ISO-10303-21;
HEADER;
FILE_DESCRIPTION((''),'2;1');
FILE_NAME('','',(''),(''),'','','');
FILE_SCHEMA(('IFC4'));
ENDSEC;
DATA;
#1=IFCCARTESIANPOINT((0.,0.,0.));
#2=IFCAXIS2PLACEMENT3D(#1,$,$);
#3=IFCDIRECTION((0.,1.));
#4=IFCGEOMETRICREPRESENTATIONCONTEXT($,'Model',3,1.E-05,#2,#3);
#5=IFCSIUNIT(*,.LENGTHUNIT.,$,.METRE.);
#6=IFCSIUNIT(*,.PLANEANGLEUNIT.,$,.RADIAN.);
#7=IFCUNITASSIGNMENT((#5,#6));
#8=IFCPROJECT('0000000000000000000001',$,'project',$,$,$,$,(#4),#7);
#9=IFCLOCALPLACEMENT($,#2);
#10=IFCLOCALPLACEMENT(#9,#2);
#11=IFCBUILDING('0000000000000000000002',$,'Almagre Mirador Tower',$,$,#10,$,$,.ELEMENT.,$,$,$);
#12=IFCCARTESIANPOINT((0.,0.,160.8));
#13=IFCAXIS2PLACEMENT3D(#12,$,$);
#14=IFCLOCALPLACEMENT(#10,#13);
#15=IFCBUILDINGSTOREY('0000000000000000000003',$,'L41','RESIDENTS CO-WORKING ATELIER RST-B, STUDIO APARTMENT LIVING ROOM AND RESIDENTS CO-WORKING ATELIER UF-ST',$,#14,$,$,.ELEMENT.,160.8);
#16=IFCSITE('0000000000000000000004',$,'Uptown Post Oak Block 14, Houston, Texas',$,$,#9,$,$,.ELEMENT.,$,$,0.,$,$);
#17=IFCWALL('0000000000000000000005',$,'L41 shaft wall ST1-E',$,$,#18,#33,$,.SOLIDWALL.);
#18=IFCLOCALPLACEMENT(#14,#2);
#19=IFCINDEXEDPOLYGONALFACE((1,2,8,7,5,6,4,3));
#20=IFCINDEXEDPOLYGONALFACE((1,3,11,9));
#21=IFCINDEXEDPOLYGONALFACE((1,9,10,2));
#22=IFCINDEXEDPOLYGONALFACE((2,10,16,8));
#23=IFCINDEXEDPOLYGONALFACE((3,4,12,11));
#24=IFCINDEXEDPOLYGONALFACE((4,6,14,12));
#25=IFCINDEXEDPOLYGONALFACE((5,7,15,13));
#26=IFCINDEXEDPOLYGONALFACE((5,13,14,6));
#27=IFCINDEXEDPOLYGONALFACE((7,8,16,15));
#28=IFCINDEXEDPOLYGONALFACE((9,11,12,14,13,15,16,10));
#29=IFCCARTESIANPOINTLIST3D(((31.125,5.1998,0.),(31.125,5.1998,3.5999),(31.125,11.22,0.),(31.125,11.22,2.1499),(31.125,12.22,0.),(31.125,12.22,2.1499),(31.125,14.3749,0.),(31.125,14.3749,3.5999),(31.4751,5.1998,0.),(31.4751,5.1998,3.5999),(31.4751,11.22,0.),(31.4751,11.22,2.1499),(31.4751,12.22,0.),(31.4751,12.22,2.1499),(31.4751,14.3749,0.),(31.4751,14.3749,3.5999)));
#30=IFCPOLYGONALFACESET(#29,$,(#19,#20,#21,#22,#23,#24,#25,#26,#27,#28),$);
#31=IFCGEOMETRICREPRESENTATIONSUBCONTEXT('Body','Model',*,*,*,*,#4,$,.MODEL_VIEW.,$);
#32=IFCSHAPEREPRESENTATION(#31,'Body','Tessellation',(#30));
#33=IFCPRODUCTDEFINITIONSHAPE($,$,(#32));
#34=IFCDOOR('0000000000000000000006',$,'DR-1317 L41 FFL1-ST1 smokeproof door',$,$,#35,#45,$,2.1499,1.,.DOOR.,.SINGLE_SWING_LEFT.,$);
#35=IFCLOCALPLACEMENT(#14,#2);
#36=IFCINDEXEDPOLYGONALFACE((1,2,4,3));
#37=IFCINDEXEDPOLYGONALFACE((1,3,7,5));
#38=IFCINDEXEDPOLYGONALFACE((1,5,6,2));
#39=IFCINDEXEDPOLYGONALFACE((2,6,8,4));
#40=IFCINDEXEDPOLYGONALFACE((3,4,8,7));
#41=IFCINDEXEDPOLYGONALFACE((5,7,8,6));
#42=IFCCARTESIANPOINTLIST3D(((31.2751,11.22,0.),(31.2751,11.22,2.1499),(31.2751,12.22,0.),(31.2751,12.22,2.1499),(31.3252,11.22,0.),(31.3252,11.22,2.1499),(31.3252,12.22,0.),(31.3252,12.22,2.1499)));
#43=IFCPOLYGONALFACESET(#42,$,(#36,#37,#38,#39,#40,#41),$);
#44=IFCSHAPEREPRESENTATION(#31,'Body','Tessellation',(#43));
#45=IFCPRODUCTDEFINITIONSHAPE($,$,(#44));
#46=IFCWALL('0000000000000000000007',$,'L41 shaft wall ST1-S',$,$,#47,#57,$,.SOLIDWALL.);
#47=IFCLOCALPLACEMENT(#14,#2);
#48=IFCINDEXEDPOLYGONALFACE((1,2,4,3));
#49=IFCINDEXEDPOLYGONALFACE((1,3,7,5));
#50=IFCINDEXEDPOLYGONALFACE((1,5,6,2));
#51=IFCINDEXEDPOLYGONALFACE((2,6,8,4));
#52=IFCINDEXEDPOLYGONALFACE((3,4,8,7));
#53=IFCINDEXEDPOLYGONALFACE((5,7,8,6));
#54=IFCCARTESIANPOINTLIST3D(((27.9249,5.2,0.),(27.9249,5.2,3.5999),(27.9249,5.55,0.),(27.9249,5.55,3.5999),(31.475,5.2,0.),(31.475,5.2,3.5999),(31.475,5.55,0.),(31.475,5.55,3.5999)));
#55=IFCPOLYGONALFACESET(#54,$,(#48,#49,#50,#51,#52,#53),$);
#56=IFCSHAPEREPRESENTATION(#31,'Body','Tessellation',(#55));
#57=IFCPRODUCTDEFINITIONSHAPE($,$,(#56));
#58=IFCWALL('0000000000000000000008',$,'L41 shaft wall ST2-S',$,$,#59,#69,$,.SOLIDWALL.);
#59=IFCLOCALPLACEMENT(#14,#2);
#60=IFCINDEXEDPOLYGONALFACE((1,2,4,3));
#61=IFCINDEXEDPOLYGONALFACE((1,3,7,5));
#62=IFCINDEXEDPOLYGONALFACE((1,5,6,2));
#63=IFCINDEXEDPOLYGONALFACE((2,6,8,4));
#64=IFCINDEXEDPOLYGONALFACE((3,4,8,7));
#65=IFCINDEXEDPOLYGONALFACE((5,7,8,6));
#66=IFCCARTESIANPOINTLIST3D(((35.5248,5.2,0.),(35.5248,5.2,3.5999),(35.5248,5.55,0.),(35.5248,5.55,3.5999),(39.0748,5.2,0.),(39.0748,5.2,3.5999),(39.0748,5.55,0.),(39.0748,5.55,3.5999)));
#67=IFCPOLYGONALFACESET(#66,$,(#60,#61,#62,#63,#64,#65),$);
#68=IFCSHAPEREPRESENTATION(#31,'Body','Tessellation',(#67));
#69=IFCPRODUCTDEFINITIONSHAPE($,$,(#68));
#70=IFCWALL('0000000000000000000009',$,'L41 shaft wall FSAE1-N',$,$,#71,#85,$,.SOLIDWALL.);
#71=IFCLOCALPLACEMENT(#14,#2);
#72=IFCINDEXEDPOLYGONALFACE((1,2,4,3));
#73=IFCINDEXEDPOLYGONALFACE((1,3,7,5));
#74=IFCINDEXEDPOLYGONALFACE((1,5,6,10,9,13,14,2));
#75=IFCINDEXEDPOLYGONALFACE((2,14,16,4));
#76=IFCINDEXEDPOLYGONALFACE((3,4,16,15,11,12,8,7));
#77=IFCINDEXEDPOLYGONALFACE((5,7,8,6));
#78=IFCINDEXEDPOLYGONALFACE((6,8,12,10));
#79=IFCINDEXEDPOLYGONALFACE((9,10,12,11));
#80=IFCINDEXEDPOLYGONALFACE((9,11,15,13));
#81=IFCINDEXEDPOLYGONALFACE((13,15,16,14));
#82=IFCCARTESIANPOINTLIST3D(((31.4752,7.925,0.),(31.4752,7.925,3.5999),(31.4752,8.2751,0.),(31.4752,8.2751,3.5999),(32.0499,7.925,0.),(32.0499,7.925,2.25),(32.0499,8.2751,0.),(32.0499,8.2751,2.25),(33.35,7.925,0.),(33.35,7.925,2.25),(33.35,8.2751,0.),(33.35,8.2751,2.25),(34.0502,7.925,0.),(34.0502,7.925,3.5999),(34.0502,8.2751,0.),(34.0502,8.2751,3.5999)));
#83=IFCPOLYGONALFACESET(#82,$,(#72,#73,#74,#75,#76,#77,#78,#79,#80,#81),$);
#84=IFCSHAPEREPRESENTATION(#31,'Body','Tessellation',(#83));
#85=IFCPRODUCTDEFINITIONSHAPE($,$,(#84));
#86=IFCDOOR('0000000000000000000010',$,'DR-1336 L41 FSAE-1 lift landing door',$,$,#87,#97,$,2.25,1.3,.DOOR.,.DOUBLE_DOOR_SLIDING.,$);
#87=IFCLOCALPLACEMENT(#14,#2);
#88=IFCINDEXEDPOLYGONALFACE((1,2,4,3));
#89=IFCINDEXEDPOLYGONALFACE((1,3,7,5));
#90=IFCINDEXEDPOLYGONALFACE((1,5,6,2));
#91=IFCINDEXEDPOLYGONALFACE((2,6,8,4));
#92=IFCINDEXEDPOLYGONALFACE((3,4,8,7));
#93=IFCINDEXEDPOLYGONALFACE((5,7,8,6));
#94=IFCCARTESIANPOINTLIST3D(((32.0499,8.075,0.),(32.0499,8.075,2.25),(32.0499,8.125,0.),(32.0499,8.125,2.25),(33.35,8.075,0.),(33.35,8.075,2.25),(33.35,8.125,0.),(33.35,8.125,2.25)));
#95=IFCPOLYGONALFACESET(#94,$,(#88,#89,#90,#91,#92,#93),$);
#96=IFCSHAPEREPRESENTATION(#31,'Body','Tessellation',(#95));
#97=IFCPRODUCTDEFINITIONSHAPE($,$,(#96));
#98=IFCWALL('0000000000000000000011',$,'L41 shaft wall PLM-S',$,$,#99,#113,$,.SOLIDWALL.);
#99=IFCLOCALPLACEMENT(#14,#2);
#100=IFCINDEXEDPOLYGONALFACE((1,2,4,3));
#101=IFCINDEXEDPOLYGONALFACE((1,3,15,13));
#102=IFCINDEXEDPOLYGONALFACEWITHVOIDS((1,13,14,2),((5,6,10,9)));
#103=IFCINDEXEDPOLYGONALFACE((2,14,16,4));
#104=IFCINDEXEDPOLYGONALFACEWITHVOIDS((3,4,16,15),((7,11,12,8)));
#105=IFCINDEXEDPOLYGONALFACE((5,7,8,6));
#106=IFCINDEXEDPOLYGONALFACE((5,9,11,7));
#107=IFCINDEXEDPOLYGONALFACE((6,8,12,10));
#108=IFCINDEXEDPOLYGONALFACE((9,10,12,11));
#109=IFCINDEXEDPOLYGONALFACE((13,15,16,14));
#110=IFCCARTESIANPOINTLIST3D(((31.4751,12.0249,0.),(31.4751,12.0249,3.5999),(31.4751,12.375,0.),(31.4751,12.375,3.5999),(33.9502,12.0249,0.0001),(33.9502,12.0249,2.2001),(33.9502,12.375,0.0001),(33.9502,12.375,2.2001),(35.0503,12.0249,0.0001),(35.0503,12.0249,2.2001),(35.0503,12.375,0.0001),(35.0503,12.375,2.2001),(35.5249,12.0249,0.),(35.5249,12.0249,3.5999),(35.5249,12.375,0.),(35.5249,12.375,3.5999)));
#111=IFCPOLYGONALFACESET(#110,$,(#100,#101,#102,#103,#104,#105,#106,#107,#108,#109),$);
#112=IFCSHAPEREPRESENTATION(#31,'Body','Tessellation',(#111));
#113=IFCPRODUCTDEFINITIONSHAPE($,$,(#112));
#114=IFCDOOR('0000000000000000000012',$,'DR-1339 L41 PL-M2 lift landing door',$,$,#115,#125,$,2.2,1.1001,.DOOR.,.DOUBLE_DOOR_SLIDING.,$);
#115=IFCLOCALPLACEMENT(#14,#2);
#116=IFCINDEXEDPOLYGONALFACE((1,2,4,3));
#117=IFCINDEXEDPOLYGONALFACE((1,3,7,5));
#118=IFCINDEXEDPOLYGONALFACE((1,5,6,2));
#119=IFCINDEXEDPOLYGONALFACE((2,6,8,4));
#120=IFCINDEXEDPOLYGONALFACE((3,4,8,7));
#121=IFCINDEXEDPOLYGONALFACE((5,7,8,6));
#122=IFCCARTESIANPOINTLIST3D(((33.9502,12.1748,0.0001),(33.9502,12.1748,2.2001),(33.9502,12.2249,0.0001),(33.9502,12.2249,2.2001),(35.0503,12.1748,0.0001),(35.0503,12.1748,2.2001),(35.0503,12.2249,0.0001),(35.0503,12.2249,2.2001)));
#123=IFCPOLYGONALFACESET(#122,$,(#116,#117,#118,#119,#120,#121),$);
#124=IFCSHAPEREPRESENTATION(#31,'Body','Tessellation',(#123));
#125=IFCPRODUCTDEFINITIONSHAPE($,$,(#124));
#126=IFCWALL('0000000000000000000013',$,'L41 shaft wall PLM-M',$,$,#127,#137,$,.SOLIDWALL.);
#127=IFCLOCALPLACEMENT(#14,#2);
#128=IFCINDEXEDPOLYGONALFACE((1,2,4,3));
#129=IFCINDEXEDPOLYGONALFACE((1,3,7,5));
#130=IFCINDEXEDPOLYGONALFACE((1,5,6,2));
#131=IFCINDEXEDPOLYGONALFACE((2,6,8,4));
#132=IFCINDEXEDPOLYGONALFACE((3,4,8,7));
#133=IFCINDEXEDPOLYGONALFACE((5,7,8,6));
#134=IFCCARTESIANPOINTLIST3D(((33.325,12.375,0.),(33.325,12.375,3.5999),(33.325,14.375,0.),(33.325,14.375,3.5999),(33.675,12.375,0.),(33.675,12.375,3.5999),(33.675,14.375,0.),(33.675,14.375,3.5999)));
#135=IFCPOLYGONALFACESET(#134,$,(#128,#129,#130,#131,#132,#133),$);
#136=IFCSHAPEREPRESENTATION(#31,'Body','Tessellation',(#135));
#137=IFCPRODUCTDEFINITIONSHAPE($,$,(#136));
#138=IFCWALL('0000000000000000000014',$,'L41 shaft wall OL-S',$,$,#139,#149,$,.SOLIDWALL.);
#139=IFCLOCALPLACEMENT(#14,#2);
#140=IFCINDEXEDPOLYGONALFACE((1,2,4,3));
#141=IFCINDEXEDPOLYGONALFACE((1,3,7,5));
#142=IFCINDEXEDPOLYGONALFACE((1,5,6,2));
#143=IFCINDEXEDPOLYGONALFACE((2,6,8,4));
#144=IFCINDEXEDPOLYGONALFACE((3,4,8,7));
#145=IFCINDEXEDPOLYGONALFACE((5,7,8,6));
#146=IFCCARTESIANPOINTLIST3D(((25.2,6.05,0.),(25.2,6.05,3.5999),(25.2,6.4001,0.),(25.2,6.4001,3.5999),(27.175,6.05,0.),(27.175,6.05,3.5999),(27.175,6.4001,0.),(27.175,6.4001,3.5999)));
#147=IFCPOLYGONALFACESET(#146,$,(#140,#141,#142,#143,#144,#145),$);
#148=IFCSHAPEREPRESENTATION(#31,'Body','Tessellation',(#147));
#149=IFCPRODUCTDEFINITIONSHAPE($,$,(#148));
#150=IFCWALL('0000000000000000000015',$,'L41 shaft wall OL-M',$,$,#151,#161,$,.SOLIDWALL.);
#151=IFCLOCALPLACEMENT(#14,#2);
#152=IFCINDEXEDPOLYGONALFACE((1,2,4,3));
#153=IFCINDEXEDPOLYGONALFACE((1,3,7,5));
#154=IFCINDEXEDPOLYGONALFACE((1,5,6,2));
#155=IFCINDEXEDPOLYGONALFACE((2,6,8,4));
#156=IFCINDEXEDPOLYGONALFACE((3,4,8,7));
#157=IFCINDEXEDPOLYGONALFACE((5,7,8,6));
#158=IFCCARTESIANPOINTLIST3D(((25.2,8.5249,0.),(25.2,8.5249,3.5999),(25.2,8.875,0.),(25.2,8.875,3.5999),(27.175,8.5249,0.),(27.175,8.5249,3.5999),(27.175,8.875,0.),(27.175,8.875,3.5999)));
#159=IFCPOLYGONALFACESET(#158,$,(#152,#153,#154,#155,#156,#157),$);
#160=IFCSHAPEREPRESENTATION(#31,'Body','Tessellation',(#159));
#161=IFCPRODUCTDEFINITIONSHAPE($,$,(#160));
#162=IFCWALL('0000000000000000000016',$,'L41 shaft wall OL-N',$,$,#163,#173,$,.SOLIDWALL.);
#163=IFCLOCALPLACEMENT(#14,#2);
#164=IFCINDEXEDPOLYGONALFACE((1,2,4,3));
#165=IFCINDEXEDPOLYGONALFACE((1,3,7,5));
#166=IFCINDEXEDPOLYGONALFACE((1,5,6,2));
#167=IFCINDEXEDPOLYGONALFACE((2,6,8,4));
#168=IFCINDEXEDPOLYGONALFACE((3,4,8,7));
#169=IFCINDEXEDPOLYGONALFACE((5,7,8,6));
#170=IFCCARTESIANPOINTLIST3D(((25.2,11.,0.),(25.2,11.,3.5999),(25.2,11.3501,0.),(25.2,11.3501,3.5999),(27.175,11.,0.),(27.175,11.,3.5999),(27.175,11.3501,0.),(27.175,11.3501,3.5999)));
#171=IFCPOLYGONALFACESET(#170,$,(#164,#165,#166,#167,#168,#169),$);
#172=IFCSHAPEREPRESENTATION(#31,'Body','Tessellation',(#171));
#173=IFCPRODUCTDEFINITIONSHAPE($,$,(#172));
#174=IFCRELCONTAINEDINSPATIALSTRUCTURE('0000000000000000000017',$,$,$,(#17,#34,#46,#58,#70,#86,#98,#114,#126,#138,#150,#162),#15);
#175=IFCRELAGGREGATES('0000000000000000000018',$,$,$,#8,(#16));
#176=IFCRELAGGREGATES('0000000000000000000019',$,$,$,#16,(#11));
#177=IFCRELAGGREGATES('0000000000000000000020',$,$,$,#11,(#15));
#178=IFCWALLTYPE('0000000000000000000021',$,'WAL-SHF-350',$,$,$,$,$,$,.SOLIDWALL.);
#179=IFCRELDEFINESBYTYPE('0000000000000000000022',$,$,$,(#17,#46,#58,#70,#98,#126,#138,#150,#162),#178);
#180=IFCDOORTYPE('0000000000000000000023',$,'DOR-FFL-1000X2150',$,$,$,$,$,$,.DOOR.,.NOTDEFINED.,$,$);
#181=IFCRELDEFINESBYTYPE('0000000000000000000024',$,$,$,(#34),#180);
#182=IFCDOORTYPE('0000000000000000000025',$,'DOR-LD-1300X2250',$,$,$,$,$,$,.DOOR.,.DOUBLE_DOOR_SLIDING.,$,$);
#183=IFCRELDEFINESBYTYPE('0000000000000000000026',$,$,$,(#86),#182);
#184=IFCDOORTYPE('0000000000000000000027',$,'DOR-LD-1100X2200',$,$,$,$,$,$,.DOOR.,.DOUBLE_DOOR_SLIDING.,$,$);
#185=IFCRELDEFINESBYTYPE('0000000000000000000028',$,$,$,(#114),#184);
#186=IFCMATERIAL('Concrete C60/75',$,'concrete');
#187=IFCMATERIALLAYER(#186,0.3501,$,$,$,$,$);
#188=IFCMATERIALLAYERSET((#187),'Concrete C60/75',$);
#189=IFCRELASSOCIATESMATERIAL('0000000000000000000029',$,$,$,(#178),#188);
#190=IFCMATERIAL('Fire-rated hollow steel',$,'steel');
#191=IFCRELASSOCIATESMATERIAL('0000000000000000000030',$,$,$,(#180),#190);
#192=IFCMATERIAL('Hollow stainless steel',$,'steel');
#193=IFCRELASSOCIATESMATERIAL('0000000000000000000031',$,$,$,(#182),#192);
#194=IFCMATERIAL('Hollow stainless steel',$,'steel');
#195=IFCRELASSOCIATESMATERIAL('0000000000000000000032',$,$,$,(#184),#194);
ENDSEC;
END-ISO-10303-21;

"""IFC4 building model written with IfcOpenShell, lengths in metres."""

from ifc_helpers import new_model, si_unit, direction, frame, frame_2d, origin, place, context, subcontext, project, spatial, rectangle, extrude, material, layer, layer_set, type_object, element, fill, save


model = new_model("IFC4")

# Units and contexts
model_context = context("Model", 3, precision=1e-05, world=origin(), true_north=direction((0.0, 1.0)))
body_context = subcontext(model_context, "Body", "Model", "MODEL_VIEW")
ifc_project = project(units=[si_unit("LENGTHUNIT", "METRE"), si_unit("PLANEANGLEUNIT", "RADIAN")], contexts=[model_context])

# Site, building, storey
site_placement = place(None, origin())
site = spatial("IfcSite", under=ifc_project, at=site_placement, Name="Uptown Post Oak Block 14, Houston, Texas", CompositionType="ELEMENT", RefElevation=0.0)
building_placement = place(site_placement, origin())
building = spatial("IfcBuilding", under=site, at=building_placement, Name="Almagre Mirador Tower", CompositionType="ELEMENT")
storey_placement = place(building_placement, frame((0.0, 0.0, 160.8)))
storey = spatial("IfcBuildingStorey", under=building, at=storey_placement, Name="L41", Description="RESIDENTS CO-WORKING ATELIER RST-B, STUDIO APARTMENT LIVING ROOM AND RESIDENTS CO-WORKING ATELIER UF-ST", CompositionType="ELEMENT", Elevation=160.8)

# Wall, opening, door
ifc_material_1 = material(Name="Concrete C60/75", Category="concrete")
ifc_layer = layer(ifc_material_1, 0.3501)
ifc_layer_set = layer_set([ifc_layer], Name="Concrete C60/75")
wall_type = type_object("IfcWallType", Name="WAL-SHF-350", PredefinedType="SOLIDWALL", material=ifc_layer_set)
wall_1_placement = place(storey_placement, frame((31.3, 5.2, 0.0), z_axis=(0.0, 0.0, 1.0), x_axis=(0.0, 1.0, 0.0)))
wall_1 = element("IfcWall", 1, at=wall_1_placement, inside=storey, type_object=wall_type, Name="L41 shaft wall ST1-E", PredefinedType="SOLIDWALL", context=body_context, shape_type="SweptSolid", body=[
    extrude(rectangle(XDim=9.175, YDim=0.3501, at=frame_2d((4.5874, 0.0))), origin(), (0.0, 0.0, 1.0), 3.5999),
])
opening_1_placement = place(wall_1_placement, frame((6.02, 0.0, 0.0)))
opening_1 = element("IfcOpeningElement", 2, at=opening_1_placement, cuts=wall_1, PredefinedType="OPENING", context=body_context, shape_type="SweptSolid", body=[
    extrude(rectangle(XDim=1.0, YDim=2.1499, at=frame_2d((0.5, 1.075))), frame((0.0, 0.185, 0.0), z_axis=(0.0, -1.0, 0.0), x_axis=(1.0, 0.0, 0.0)), (0.0, 0.0, 1.0), 0.3701),
])
ifc_material_2 = material(Name="Fire-rated hollow steel", Category="steel")
door_type_1 = type_object("IfcDoorType", Name="DOR-FFL-1000X2150", OperationType="NOTDEFINED", PredefinedType="DOOR", material=ifc_material_2)
door_1_placement = place(opening_1_placement, origin())
door_1 = element("IfcDoor", 3, at=door_1_placement, inside=storey, type_object=door_type_1, Name="DR-1317 L41 FFL1-ST1 smokeproof door", OperationType="SINGLE_SWING_LEFT", OverallHeight=2.1499, OverallWidth=1.0, PredefinedType="DOOR", context=body_context, shape_type="SweptSolid", body=[
    extrude(rectangle(XDim=1.0, YDim=2.1499, at=frame_2d((0.5, 1.075))), frame((0.0, 0.0249, 0.0), z_axis=(0.0, -1.0, 0.0), x_axis=(1.0, 0.0, 0.0)), (0.0, 0.0, 1.0), 0.05),
])
fill(opening_1, door_1)

# Walls
for number, where, z_axis, x_axis, name in (
    (4, (27.925, 5.375, 0.0), (0.0, 0.0, 1.0), (1.0, 0.0, 0.0), "L41 shaft wall ST1-S"),
    (5, (35.5249, 5.375, 0.0), (0.0, 0.0, 1.0), (1.0, 0.0, 0.0), "L41 shaft wall ST2-S"),
):
    element("IfcWall", number, at=place(storey_placement, frame(where, z_axis=z_axis, x_axis=x_axis)), inside=storey, type_object=wall_type, Name=name, PredefinedType="SOLIDWALL", context=body_context, shape_type="SweptSolid", body=[
        extrude(rectangle(XDim=3.55, YDim=0.3501, at=frame_2d((1.7749, 0.0))), origin(), (0.0, 0.0, 1.0), 3.5999),
    ])

# Walls, openings, doors
wall_2_placement = place(storey_placement, frame((31.4751, 8.1001, 0.0), z_axis=(0.0, 0.0, 1.0), x_axis=(1.0, 0.0, 0.0)))
wall_2 = element("IfcWall", 6, at=wall_2_placement, inside=storey, type_object=wall_type, Name="L41 shaft wall FSAE1-N", PredefinedType="SOLIDWALL", context=body_context, shape_type="SweptSolid", body=[
    extrude(rectangle(XDim=2.575, YDim=0.3501, at=frame_2d((1.2876, 0.0))), origin(), (0.0, 0.0, 1.0), 3.5999),
])
opening_2_placement = place(wall_2_placement, frame((0.575, 0.0, 0.0)))
opening_2 = element("IfcOpeningElement", 7, at=opening_2_placement, cuts=wall_2, PredefinedType="OPENING", context=body_context, shape_type="SweptSolid", body=[
    extrude(rectangle(XDim=1.3, YDim=2.25, at=frame_2d((0.6499, 1.125))), frame((0.0, 0.185, 0.0), z_axis=(0.0, -1.0, 0.0), x_axis=(1.0, 0.0, 0.0)), (0.0, 0.0, 1.0), 0.3701),
])
ifc_material_3 = material(Name="Hollow stainless steel", Category="steel")
door_type_2 = type_object("IfcDoorType", Name="DOR-LD-1300X2250", OperationType="DOUBLE_DOOR_SLIDING", PredefinedType="DOOR", material=ifc_material_3)
door_2_placement = place(opening_2_placement, origin())
door_2 = element("IfcDoor", 8, at=door_2_placement, inside=storey, type_object=door_type_2, Name="DR-1336 L41 FSAE-1 lift landing door", OperationType="DOUBLE_DOOR_SLIDING", OverallHeight=2.25, OverallWidth=1.3, PredefinedType="DOOR", context=body_context, shape_type="SweptSolid", body=[
    extrude(rectangle(XDim=1.3, YDim=2.25, at=frame_2d((0.6499, 1.125))), frame((0.0, 0.0249, 0.0), z_axis=(0.0, -1.0, 0.0), x_axis=(1.0, 0.0, 0.0)), (0.0, 0.0, 1.0), 0.05),
])
fill(opening_2, door_2)
wall_3_placement = place(storey_placement, frame((31.4751, 12.2, 0.0), z_axis=(0.0, 0.0, 1.0), x_axis=(1.0, 0.0, 0.0)))
wall_3 = element("IfcWall", 9, at=wall_3_placement, inside=storey, type_object=wall_type, Name="L41 shaft wall PLM-S", PredefinedType="SOLIDWALL", context=body_context, shape_type="SweptSolid", body=[
    extrude(rectangle(XDim=4.0498, YDim=0.3501, at=frame_2d((2.0249, 0.0))), origin(), (0.0, 0.0, 1.0), 3.5999),
])
opening_3_placement = place(wall_3_placement, frame((2.4751, 0.0, 0.0)))
opening_3 = element("IfcOpeningElement", 10, at=opening_3_placement, cuts=wall_3, PredefinedType="OPENING", context=body_context, shape_type="SweptSolid", body=[
    extrude(rectangle(XDim=1.1001, YDim=2.2, at=frame_2d((0.55, 1.1001))), frame((0.0, 0.185, 0.0), z_axis=(0.0, -1.0, 0.0), x_axis=(1.0, 0.0, 0.0)), (0.0, 0.0, 1.0), 0.3701),
])
ifc_material_4 = material(Name="Hollow stainless steel", Category="steel")
door_type_3 = type_object("IfcDoorType", Name="DOR-LD-1100X2200", OperationType="DOUBLE_DOOR_SLIDING", PredefinedType="DOOR", material=ifc_material_4)
door_3_placement = place(opening_3_placement, origin())
door_3 = element("IfcDoor", 11, at=door_3_placement, inside=storey, type_object=door_type_3, Name="DR-1339 L41 PL-M2 lift landing door", OperationType="DOUBLE_DOOR_SLIDING", OverallHeight=2.2, OverallWidth=1.1001, PredefinedType="DOOR", context=body_context, shape_type="SweptSolid", body=[
    extrude(rectangle(XDim=1.1001, YDim=2.2, at=frame_2d((0.55, 1.1001))), frame((0.0, 0.0249, 0.0), z_axis=(0.0, -1.0, 0.0), x_axis=(1.0, 0.0, 0.0)), (0.0, 0.0, 1.0), 0.05),
])
fill(opening_3, door_3)

# Walls
wall_4_placement = place(storey_placement, frame((33.5, 12.375, 0.0), z_axis=(0.0, 0.0, 1.0), x_axis=(0.0, 1.0, 0.0)))
element("IfcWall", 12, at=wall_4_placement, inside=storey, type_object=wall_type, Name="L41 shaft wall PLM-M", PredefinedType="SOLIDWALL", context=body_context, shape_type="SweptSolid", body=[
    extrude(rectangle(XDim=2.0, YDim=0.3501, at=frame_2d((1.0, 0.0))), origin(), (0.0, 0.0, 1.0), 3.5999),
])
for number, where, z_axis, x_axis, name in (
    (13, (25.2, 6.2251, 0.0), (0.0, 0.0, 1.0), (1.0, 0.0, 0.0), "L41 shaft wall OL-S"),
    (14, (25.2, 8.7, 0.0), (0.0, 0.0, 1.0), (1.0, 0.0, 0.0), "L41 shaft wall OL-M"),
    (15, (25.2, 11.175, 0.0), (0.0, 0.0, 1.0), (1.0, 0.0, 0.0), "L41 shaft wall OL-N"),
):
    element("IfcWall", number, at=place(storey_placement, frame(where, z_axis=z_axis, x_axis=x_axis)), inside=storey, type_object=wall_type, Name=name, PredefinedType="SOLIDWALL", context=body_context, shape_type="SweptSolid", body=[
        extrude(rectangle(XDim=1.9751, YDim=0.3501, at=frame_2d((0.9875, 0.0))), origin(), (0.0, 0.0, 1.0), 3.5999),
    ])

save(model, "model.ifc")
